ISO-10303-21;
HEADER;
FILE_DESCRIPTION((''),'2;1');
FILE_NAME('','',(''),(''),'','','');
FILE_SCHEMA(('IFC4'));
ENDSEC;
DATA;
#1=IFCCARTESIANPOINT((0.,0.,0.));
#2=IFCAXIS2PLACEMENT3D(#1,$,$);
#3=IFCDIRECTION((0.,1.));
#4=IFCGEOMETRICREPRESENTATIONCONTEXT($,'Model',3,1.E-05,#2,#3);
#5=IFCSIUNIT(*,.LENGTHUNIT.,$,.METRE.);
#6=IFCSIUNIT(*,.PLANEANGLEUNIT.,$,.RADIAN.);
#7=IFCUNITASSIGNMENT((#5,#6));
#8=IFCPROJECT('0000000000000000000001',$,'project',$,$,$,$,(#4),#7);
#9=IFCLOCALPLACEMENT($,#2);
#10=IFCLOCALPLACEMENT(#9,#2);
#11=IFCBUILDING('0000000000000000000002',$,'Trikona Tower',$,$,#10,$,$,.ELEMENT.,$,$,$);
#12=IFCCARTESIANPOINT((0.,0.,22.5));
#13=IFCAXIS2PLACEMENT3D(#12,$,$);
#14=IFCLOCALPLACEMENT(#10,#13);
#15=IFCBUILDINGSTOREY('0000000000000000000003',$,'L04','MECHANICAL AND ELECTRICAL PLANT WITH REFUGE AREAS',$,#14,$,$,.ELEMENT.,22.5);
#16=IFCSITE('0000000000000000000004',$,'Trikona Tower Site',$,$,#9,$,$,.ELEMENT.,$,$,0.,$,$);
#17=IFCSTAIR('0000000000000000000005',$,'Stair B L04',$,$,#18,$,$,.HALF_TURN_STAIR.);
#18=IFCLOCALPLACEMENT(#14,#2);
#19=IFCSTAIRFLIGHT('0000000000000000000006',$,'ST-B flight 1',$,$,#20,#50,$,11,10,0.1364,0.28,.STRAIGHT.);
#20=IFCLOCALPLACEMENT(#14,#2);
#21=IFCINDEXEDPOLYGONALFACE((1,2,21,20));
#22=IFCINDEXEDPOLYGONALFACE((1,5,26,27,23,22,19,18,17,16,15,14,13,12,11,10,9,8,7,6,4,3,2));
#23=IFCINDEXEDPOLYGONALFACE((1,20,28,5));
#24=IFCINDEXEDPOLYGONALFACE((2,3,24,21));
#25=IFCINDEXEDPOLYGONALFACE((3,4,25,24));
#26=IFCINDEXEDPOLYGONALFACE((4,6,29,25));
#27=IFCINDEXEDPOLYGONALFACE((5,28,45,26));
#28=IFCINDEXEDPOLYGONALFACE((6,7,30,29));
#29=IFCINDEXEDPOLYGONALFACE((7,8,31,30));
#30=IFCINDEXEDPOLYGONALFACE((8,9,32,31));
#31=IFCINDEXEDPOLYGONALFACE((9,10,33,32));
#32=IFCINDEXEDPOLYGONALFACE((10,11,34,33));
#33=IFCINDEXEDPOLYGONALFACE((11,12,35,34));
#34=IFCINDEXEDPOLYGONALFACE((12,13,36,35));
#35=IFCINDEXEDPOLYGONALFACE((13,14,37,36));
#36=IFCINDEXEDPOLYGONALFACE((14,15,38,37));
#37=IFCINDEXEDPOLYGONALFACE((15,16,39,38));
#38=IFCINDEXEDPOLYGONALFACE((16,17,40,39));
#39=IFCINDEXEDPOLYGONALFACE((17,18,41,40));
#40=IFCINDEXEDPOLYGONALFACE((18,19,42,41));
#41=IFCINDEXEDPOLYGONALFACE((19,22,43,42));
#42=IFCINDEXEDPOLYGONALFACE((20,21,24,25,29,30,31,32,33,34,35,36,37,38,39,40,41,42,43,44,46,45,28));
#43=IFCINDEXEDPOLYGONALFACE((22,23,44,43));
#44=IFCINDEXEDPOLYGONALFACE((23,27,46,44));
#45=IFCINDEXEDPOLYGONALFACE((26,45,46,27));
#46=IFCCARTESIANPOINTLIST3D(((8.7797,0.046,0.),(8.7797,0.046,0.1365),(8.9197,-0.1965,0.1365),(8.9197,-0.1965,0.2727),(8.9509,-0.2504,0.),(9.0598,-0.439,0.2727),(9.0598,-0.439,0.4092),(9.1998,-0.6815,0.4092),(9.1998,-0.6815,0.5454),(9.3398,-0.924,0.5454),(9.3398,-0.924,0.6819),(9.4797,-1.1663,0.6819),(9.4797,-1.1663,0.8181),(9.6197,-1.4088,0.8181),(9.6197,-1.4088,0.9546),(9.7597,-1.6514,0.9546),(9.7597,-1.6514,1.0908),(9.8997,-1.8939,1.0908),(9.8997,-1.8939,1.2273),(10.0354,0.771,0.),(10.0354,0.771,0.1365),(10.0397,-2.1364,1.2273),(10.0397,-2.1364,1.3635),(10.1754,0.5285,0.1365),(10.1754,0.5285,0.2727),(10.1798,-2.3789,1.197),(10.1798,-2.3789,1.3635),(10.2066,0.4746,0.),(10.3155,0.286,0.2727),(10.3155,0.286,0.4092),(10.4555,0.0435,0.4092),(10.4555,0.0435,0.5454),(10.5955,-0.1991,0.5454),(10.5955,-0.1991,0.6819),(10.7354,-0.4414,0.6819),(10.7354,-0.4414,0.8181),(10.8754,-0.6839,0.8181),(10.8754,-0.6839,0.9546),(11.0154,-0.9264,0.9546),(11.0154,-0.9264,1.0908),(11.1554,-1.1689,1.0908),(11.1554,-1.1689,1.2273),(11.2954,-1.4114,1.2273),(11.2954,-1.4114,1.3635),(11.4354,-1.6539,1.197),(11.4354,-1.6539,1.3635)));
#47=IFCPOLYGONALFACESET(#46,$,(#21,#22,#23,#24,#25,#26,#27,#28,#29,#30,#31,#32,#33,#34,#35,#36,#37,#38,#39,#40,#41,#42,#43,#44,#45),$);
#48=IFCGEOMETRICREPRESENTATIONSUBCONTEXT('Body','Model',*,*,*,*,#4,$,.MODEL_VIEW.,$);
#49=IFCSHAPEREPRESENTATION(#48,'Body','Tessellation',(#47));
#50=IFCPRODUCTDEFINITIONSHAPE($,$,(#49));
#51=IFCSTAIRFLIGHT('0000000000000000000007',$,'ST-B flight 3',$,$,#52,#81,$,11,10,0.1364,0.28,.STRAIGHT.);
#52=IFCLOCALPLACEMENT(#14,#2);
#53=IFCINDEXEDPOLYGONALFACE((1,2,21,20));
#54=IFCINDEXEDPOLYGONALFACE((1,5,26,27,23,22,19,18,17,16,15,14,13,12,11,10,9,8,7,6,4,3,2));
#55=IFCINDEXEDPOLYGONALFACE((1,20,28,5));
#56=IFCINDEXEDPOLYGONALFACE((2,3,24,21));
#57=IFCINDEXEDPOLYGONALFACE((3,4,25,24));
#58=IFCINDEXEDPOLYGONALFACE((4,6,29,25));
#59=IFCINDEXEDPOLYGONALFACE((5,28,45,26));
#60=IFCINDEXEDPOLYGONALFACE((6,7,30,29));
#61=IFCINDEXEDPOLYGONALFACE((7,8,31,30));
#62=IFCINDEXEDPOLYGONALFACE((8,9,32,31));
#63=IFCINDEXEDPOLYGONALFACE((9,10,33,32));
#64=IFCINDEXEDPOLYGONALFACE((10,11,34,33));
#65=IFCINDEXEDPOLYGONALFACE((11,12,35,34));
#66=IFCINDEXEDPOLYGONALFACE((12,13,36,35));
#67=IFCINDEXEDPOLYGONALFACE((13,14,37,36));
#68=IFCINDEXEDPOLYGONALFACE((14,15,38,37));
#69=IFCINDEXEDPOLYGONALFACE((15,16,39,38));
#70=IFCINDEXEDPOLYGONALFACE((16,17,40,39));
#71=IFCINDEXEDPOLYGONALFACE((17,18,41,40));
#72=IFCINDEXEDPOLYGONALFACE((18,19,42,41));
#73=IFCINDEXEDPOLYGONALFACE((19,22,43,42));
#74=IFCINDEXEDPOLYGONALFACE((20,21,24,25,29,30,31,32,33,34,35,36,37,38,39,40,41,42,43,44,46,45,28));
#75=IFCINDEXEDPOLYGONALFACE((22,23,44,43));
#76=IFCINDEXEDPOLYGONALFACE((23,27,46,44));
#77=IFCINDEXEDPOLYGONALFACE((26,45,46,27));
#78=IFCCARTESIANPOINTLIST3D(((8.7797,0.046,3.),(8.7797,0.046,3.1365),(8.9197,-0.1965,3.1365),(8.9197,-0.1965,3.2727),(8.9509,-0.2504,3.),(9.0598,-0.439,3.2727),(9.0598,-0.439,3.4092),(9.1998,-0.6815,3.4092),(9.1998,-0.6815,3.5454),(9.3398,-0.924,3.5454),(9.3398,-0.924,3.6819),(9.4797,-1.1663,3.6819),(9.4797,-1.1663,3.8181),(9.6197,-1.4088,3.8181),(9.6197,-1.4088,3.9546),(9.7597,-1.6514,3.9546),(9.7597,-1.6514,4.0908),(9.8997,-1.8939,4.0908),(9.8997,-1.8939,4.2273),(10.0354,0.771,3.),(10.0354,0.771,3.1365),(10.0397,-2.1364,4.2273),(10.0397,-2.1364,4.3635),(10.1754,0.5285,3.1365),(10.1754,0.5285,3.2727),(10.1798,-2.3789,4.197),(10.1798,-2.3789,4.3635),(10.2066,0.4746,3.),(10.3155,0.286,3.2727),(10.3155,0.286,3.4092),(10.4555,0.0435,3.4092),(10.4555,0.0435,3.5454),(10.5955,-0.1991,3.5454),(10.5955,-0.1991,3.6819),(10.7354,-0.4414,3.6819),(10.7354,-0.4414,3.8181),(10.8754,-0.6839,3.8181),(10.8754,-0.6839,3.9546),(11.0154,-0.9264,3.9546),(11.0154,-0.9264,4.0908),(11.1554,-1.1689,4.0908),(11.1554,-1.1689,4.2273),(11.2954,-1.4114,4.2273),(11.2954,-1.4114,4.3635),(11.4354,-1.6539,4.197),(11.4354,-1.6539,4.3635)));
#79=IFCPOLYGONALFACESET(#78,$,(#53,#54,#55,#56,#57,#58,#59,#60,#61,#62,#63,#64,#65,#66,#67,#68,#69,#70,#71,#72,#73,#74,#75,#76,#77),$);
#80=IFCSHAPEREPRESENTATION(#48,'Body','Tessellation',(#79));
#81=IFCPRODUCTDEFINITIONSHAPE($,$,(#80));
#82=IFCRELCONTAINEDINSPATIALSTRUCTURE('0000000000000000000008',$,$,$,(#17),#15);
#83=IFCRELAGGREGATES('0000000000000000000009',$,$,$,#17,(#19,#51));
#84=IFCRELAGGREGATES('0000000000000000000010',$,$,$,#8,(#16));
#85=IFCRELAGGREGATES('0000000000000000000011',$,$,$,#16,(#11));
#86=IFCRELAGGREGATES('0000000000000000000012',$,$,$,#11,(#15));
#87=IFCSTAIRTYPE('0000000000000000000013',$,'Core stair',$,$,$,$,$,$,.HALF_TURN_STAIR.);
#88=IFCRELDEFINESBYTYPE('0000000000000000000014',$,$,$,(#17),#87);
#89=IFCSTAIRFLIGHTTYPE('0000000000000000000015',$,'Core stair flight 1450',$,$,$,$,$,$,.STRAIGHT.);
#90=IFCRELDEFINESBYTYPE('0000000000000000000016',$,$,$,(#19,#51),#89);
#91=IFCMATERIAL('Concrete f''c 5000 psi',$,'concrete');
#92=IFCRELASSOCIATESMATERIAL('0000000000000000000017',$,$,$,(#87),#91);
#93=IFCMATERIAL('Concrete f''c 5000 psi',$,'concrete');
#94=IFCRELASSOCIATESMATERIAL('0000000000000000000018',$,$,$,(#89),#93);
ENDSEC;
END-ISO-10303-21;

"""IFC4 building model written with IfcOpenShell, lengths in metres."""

from ifc_helpers import new_model, si_unit, direction, frame, origin, place, context, subcontext, project, spatial, polyline, outline, extrude, material, type_object, element, aggregate, save


model = new_model("IFC4")

# Units and contexts
model_context = context("Model", 3, precision=1e-05, world=origin(), true_north=direction((0.0, 1.0)))
body_context = subcontext(model_context, "Body", "Model", "MODEL_VIEW")
ifc_project = project(units=[si_unit("LENGTHUNIT", "METRE"), si_unit("PLANEANGLEUNIT", "RADIAN")], contexts=[model_context])

# Site, building, storey
site_placement = place(None, origin())
site = spatial("IfcSite", under=ifc_project, at=site_placement, Name="Trikona Tower Site", CompositionType="ELEMENT", RefElevation=0.0)
building_placement = place(site_placement, origin())
building = spatial("IfcBuilding", under=site, at=building_placement, Name="Trikona Tower", CompositionType="ELEMENT")
storey_placement = place(building_placement, frame((0.0, 0.0, 22.5)))
storey = spatial("IfcBuildingStorey", under=building, at=storey_placement, Name="L04", Description="MECHANICAL AND ELECTRICAL PLANT WITH REFUGE AREAS", CompositionType="ELEMENT", Elevation=22.5)

# Stair
ifc_material_1 = material(Name="Concrete f'c 5000 psi", Category="concrete")
stair_type = type_object("IfcStairType", Name="Core stair", PredefinedType="HALF_TURN_STAIR", material=ifc_material_1)
stair_1_placement = place(storey_placement, origin())
stair_1 = element("IfcStair", 1, at=stair_1_placement, inside=storey, type_object=stair_type, Name="Stair B L04", PredefinedType="HALF_TURN_STAIR")

# Stair flights
ifc_material_2 = material(Name="Concrete f'c 5000 psi", Category="concrete")
stair_flight_type = type_object("IfcStairFlightType", Name="Core stair flight 1450", PredefinedType="STRAIGHT", material=ifc_material_2)
stair_flight_1_placement = place(storey_placement, frame((9.4075, 0.4084, 0.0), z_axis=(0.0, 0.0, 1.0), x_axis=(0.5, -0.866025, 0.0)))
stair_flight_1 = element("IfcStairFlight", 2, at=stair_flight_1_placement, type_object=stair_flight_type, Name="ST-B flight 1", NumberOfRisers=11, NumberOfTreads=10, PredefinedType="STRAIGHT", RiserHeight=0.1364, TreadLength=0.28, context=body_context, shape_type="SweptSolid", body=[
    extrude(outline(polyline([(0.0, 0.0), (0.0, 0.1365), (0.28, 0.1365), (0.28, 0.2727), (0.5601, 0.2727), (0.5601, 0.4092), (0.8401, 0.4092), (0.8401, 0.5454), (1.1201, 0.5454), (1.1201, 0.6819), (1.3999, 0.6819), (1.3999, 0.8181), (1.6799, 0.8181), (1.6799, 0.9546), (1.96, 0.9546), (1.96, 1.0908), (2.24, 1.0908), (2.24, 1.2273), (2.52, 1.2273), (2.52, 1.3635), (2.8, 1.3635), (2.8, 1.5), (2.8, 1.197), (0.3423, 0.0), (0.0, 0.0)])), frame((0.0, 0.7251, 0.0), z_axis=(0.0, -1.0, 0.0), x_axis=(1.0, 0.0, 0.0)), (0.0, 0.0, 1.0), 1.45),
])
stair_flight_2_placement = place(storey_placement, frame((9.4075, 0.4084, 3.0), z_axis=(0.0, 0.0, 1.0), x_axis=(0.5, -0.866025, 0.0)))
stair_flight_2 = element("IfcStairFlight", 3, at=stair_flight_2_placement, type_object=stair_flight_type, Name="ST-B flight 3", NumberOfRisers=11, NumberOfTreads=10, PredefinedType="STRAIGHT", RiserHeight=0.1364, TreadLength=0.28, context=body_context, shape_type="SweptSolid", body=[
    extrude(outline(polyline([(0.0, 0.0), (0.0, 0.1365), (0.28, 0.1365), (0.28, 0.2727), (0.5601, 0.2727), (0.5601, 0.4092), (0.8401, 0.4092), (0.8401, 0.5454), (1.1201, 0.5454), (1.1201, 0.6819), (1.3999, 0.6819), (1.3999, 0.8181), (1.6799, 0.8181), (1.6799, 0.9546), (1.96, 0.9546), (1.96, 1.0908), (2.24, 1.0908), (2.24, 1.2273), (2.52, 1.2273), (2.52, 1.3635), (2.8, 1.3635), (2.8, 1.5), (2.8, 1.197), (0.3423, 0.0), (0.0, 0.0)])), frame((0.0, 0.7251, 0.0), z_axis=(0.0, -1.0, 0.0), x_axis=(1.0, 0.0, 0.0)), (0.0, 0.0, 1.0), 1.45),
])
aggregate(stair_1, [stair_flight_1, stair_flight_2])

save(model, "model.ifc")
